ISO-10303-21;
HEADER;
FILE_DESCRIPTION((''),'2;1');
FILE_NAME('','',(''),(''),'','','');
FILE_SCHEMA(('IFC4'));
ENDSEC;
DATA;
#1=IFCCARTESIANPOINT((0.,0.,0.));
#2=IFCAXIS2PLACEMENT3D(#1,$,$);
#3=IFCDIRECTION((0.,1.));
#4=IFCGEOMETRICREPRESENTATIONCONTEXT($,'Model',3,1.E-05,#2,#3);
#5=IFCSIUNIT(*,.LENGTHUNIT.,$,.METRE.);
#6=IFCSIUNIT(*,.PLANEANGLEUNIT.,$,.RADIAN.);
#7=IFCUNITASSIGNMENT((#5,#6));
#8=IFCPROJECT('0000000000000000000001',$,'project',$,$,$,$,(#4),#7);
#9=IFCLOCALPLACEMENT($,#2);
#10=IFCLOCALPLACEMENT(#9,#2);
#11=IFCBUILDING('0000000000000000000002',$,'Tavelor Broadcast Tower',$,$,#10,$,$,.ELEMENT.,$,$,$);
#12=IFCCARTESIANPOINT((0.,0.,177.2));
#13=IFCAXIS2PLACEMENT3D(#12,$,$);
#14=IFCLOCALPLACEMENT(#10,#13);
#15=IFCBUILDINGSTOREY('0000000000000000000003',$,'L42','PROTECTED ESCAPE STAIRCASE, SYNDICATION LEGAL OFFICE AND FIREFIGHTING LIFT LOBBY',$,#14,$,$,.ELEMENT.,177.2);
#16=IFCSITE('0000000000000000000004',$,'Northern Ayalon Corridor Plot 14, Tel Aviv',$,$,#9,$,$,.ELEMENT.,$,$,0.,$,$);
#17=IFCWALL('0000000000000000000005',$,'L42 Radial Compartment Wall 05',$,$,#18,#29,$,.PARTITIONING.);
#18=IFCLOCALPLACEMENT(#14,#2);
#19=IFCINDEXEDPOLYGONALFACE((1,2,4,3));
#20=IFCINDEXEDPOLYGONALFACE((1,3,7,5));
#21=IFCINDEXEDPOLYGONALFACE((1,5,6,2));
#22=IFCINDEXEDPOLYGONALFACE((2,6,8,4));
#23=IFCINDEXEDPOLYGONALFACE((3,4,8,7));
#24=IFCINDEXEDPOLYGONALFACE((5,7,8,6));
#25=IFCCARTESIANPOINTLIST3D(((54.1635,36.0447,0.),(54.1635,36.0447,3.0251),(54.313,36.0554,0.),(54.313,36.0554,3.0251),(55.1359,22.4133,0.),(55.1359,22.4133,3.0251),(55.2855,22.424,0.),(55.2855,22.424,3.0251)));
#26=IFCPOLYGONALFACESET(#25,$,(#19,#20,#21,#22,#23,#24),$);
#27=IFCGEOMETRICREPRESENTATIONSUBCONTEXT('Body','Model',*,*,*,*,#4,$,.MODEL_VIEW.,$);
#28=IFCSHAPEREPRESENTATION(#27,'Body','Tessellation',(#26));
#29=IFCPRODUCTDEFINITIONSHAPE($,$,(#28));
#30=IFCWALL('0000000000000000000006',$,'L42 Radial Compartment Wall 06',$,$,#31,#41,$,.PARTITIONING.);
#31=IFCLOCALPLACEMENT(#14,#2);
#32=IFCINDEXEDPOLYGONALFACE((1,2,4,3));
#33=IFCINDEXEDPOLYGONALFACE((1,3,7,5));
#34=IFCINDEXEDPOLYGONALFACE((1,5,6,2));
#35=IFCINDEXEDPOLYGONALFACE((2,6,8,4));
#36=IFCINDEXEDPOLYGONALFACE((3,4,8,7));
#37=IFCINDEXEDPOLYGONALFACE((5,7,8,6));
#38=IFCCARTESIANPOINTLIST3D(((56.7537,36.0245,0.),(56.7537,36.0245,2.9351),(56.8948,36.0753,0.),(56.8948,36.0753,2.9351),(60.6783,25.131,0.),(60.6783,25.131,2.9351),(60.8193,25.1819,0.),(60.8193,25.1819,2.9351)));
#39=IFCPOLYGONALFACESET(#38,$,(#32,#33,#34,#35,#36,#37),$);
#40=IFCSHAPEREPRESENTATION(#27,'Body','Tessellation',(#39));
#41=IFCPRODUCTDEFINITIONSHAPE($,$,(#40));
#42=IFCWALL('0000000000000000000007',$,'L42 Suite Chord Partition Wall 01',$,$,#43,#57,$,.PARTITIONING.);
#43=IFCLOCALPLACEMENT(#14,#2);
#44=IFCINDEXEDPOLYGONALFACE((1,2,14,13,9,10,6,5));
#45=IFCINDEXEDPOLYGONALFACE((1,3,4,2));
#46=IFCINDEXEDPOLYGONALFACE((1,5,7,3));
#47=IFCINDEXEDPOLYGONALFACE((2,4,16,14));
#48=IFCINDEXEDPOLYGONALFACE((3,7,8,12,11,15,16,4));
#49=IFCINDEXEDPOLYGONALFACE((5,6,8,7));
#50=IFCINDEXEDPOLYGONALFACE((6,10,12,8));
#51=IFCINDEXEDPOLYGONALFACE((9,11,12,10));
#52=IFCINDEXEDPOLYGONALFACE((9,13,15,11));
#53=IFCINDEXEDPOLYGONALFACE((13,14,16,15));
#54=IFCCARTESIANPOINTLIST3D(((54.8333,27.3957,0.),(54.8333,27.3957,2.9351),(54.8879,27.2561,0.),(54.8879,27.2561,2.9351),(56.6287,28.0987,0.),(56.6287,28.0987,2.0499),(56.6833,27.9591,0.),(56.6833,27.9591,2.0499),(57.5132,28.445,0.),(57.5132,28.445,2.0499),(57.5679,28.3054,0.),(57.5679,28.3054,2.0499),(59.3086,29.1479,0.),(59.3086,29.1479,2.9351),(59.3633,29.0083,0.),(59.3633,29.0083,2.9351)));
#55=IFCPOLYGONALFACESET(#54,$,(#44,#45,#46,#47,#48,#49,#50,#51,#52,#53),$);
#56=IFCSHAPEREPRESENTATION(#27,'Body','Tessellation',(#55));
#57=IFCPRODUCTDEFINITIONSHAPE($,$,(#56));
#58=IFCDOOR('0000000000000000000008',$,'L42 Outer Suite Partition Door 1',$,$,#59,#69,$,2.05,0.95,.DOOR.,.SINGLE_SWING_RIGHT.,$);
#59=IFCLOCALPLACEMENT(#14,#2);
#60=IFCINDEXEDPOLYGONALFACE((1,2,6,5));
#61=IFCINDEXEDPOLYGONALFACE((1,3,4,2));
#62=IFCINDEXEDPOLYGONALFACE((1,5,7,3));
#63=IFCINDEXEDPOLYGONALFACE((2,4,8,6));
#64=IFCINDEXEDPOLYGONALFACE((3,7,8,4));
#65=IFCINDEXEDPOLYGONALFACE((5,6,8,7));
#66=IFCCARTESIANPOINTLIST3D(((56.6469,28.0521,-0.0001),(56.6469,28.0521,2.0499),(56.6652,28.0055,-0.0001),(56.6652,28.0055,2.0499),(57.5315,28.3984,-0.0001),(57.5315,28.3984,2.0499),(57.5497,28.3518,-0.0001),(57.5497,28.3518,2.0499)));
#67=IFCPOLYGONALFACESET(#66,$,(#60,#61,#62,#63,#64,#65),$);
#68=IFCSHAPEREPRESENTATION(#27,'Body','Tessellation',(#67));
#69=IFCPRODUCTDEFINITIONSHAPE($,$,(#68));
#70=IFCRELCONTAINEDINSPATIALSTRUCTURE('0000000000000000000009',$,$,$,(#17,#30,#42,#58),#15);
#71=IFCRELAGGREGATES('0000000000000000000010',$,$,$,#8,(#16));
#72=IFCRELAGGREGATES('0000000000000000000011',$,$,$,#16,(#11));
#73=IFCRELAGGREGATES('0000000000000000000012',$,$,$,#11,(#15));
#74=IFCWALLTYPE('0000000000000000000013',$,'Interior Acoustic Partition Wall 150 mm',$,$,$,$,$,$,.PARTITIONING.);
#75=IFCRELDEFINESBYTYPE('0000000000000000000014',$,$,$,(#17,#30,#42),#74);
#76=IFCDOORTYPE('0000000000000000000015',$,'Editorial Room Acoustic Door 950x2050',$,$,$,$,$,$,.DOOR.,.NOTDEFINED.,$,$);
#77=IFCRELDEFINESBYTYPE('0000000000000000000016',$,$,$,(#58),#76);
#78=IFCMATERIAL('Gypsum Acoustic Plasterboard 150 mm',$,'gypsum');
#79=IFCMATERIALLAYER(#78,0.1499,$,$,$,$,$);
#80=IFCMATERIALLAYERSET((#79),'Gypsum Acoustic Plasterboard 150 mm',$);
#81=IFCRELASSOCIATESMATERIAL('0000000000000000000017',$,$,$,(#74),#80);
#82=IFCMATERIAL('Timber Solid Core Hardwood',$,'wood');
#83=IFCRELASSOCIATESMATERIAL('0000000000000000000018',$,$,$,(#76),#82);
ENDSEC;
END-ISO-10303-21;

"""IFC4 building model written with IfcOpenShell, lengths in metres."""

from ifc_helpers import new_model, si_unit, direction, frame, frame_2d, origin, place, context, subcontext, project, spatial, rectangle, extrude, material, layer, layer_set, type_object, element, fill, save


model = new_model("IFC4")

# Units and contexts
model_context = context("Model", 3, precision=1e-05, world=origin(), true_north=direction((0.0, 1.0)))
body_context = subcontext(model_context, "Body", "Model", "MODEL_VIEW")
ifc_project = project(units=[si_unit("LENGTHUNIT", "METRE"), si_unit("PLANEANGLEUNIT", "RADIAN")], contexts=[model_context])

# Site, building, storey
site_placement = place(None, origin())
site = spatial("IfcSite", under=ifc_project, at=site_placement, Name="Northern Ayalon Corridor Plot 14, Tel Aviv", CompositionType="ELEMENT", RefElevation=0.0)
building_placement = place(site_placement, origin())
building = spatial("IfcBuilding", under=site, at=building_placement, Name="Tavelor Broadcast Tower", CompositionType="ELEMENT")
storey_placement = place(building_placement, frame((0.0, 0.0, 177.2)))
storey = spatial("IfcBuildingStorey", under=building, at=storey_placement, Name="L42", Description="PROTECTED ESCAPE STAIRCASE, SYNDICATION LEGAL OFFICE AND FIREFIGHTING LIFT LOBBY", CompositionType="ELEMENT", Elevation=177.2)

# Walls
ifc_material_1 = material(Name="Gypsum Acoustic Plasterboard 150 mm", Category="gypsum")
ifc_layer_1 = layer(ifc_material_1, 0.1499)
ifc_layer_set_1 = layer_set([ifc_layer_1], Name="Gypsum Acoustic Plasterboard 150 mm")
wall_type_1 = type_object("IfcWallType", Name="Interior Acoustic Partition Wall 150 mm", PredefinedType="PARTITIONING", material=ifc_layer_set_1)
wall_1_placement = place(storey_placement, frame((54.2383, 36.05, 0.0), z_axis=(0.0, 0.0, 1.0), x_axis=(0.071156, -0.997465, 0.0)))
element("IfcWall", 1, at=wall_1_placement, inside=storey, type_object=wall_type_1, Name="L42 Radial Compartment Wall 05", PredefinedType="PARTITIONING", context=body_context, shape_type="SweptSolid", body=[
    extrude(rectangle(XDim=13.666, YDim=0.1499, at=frame_2d((6.833, 0.0))), origin(), (0.0, 0.0, 1.0), 3.0251),
])
wall_2_placement = place(storey_placement, frame((56.8242, 36.05, 0.0), z_axis=(0.0, 0.0, 1.0), x_axis=(0.33894, -0.940808, 0.0)))
element("IfcWall", 2, at=wall_2_placement, inside=storey, type_object=wall_type_1, Name="L42 Radial Compartment Wall 06", PredefinedType="PARTITIONING", context=body_context, shape_type="SweptSolid", body=[
    extrude(rectangle(XDim=11.5789, YDim=0.1499, at=frame_2d((5.7896, 0.0))), origin(), (0.0, 0.0, 1.0), 2.9351),
])

# Wall, opening, door
wall_3_placement = place(storey_placement, frame((54.8606, 27.3259, 0.0), z_axis=(0.0, 0.0, 1.0), x_axis=(0.931174, 0.364576, 0.0)))
wall_3 = element("IfcWall", 3, at=wall_3_placement, inside=storey, type_object=wall_type_1, Name="L42 Suite Chord Partition Wall 01", PredefinedType="PARTITIONING", context=body_context, shape_type="SweptSolid", body=[
    extrude(rectangle(XDim=4.8062, YDim=0.1499, at=frame_2d((2.4031, 0.0))), origin(), (0.0, 0.0, 1.0), 2.9351),
])
opening_placement = place(wall_3_placement, frame((1.928, 0.0, 0.0)))
opening = element("IfcOpeningElement", 4, at=opening_placement, cuts=wall_3, PredefinedType="OPENING", context=body_context, shape_type="SweptSolid", body=[
    extrude(rectangle(XDim=0.95, YDim=2.05, at=frame_2d((0.4751, 1.0249))), frame((0.0, 0.085, 0.0), z_axis=(0.0, -1.0, 0.0), x_axis=(1.0, 0.0, 0.0)), (0.0, 0.0, 1.0), 0.1699),
])
ifc_material_2 = material(Name="Timber Solid Core Hardwood", Category="wood")
door_type = type_object("IfcDoorType", Name="Editorial Room Acoustic Door 950x2050", OperationType="NOTDEFINED", PredefinedType="DOOR", material=ifc_material_2)
door_placement = place(opening_placement, origin())
door = element("IfcDoor", 5, at=door_placement, inside=storey, type_object=door_type, Name="L42 Outer Suite Partition Door 1", OperationType="SINGLE_SWING_RIGHT", OverallHeight=2.05, OverallWidth=0.95, PredefinedType="DOOR", context=body_context, shape_type="SweptSolid", body=[
    extrude(rectangle(XDim=0.95, YDim=2.05, at=frame_2d((0.4751, 1.0249))), frame((0.0, 0.0249, 0.0), z_axis=(0.0, -1.0, 0.0), x_axis=(1.0, 0.0, 0.0)), (0.0, 0.0, 1.0), 0.05),
])
fill(opening, door)

save(model, "model.ifc")
